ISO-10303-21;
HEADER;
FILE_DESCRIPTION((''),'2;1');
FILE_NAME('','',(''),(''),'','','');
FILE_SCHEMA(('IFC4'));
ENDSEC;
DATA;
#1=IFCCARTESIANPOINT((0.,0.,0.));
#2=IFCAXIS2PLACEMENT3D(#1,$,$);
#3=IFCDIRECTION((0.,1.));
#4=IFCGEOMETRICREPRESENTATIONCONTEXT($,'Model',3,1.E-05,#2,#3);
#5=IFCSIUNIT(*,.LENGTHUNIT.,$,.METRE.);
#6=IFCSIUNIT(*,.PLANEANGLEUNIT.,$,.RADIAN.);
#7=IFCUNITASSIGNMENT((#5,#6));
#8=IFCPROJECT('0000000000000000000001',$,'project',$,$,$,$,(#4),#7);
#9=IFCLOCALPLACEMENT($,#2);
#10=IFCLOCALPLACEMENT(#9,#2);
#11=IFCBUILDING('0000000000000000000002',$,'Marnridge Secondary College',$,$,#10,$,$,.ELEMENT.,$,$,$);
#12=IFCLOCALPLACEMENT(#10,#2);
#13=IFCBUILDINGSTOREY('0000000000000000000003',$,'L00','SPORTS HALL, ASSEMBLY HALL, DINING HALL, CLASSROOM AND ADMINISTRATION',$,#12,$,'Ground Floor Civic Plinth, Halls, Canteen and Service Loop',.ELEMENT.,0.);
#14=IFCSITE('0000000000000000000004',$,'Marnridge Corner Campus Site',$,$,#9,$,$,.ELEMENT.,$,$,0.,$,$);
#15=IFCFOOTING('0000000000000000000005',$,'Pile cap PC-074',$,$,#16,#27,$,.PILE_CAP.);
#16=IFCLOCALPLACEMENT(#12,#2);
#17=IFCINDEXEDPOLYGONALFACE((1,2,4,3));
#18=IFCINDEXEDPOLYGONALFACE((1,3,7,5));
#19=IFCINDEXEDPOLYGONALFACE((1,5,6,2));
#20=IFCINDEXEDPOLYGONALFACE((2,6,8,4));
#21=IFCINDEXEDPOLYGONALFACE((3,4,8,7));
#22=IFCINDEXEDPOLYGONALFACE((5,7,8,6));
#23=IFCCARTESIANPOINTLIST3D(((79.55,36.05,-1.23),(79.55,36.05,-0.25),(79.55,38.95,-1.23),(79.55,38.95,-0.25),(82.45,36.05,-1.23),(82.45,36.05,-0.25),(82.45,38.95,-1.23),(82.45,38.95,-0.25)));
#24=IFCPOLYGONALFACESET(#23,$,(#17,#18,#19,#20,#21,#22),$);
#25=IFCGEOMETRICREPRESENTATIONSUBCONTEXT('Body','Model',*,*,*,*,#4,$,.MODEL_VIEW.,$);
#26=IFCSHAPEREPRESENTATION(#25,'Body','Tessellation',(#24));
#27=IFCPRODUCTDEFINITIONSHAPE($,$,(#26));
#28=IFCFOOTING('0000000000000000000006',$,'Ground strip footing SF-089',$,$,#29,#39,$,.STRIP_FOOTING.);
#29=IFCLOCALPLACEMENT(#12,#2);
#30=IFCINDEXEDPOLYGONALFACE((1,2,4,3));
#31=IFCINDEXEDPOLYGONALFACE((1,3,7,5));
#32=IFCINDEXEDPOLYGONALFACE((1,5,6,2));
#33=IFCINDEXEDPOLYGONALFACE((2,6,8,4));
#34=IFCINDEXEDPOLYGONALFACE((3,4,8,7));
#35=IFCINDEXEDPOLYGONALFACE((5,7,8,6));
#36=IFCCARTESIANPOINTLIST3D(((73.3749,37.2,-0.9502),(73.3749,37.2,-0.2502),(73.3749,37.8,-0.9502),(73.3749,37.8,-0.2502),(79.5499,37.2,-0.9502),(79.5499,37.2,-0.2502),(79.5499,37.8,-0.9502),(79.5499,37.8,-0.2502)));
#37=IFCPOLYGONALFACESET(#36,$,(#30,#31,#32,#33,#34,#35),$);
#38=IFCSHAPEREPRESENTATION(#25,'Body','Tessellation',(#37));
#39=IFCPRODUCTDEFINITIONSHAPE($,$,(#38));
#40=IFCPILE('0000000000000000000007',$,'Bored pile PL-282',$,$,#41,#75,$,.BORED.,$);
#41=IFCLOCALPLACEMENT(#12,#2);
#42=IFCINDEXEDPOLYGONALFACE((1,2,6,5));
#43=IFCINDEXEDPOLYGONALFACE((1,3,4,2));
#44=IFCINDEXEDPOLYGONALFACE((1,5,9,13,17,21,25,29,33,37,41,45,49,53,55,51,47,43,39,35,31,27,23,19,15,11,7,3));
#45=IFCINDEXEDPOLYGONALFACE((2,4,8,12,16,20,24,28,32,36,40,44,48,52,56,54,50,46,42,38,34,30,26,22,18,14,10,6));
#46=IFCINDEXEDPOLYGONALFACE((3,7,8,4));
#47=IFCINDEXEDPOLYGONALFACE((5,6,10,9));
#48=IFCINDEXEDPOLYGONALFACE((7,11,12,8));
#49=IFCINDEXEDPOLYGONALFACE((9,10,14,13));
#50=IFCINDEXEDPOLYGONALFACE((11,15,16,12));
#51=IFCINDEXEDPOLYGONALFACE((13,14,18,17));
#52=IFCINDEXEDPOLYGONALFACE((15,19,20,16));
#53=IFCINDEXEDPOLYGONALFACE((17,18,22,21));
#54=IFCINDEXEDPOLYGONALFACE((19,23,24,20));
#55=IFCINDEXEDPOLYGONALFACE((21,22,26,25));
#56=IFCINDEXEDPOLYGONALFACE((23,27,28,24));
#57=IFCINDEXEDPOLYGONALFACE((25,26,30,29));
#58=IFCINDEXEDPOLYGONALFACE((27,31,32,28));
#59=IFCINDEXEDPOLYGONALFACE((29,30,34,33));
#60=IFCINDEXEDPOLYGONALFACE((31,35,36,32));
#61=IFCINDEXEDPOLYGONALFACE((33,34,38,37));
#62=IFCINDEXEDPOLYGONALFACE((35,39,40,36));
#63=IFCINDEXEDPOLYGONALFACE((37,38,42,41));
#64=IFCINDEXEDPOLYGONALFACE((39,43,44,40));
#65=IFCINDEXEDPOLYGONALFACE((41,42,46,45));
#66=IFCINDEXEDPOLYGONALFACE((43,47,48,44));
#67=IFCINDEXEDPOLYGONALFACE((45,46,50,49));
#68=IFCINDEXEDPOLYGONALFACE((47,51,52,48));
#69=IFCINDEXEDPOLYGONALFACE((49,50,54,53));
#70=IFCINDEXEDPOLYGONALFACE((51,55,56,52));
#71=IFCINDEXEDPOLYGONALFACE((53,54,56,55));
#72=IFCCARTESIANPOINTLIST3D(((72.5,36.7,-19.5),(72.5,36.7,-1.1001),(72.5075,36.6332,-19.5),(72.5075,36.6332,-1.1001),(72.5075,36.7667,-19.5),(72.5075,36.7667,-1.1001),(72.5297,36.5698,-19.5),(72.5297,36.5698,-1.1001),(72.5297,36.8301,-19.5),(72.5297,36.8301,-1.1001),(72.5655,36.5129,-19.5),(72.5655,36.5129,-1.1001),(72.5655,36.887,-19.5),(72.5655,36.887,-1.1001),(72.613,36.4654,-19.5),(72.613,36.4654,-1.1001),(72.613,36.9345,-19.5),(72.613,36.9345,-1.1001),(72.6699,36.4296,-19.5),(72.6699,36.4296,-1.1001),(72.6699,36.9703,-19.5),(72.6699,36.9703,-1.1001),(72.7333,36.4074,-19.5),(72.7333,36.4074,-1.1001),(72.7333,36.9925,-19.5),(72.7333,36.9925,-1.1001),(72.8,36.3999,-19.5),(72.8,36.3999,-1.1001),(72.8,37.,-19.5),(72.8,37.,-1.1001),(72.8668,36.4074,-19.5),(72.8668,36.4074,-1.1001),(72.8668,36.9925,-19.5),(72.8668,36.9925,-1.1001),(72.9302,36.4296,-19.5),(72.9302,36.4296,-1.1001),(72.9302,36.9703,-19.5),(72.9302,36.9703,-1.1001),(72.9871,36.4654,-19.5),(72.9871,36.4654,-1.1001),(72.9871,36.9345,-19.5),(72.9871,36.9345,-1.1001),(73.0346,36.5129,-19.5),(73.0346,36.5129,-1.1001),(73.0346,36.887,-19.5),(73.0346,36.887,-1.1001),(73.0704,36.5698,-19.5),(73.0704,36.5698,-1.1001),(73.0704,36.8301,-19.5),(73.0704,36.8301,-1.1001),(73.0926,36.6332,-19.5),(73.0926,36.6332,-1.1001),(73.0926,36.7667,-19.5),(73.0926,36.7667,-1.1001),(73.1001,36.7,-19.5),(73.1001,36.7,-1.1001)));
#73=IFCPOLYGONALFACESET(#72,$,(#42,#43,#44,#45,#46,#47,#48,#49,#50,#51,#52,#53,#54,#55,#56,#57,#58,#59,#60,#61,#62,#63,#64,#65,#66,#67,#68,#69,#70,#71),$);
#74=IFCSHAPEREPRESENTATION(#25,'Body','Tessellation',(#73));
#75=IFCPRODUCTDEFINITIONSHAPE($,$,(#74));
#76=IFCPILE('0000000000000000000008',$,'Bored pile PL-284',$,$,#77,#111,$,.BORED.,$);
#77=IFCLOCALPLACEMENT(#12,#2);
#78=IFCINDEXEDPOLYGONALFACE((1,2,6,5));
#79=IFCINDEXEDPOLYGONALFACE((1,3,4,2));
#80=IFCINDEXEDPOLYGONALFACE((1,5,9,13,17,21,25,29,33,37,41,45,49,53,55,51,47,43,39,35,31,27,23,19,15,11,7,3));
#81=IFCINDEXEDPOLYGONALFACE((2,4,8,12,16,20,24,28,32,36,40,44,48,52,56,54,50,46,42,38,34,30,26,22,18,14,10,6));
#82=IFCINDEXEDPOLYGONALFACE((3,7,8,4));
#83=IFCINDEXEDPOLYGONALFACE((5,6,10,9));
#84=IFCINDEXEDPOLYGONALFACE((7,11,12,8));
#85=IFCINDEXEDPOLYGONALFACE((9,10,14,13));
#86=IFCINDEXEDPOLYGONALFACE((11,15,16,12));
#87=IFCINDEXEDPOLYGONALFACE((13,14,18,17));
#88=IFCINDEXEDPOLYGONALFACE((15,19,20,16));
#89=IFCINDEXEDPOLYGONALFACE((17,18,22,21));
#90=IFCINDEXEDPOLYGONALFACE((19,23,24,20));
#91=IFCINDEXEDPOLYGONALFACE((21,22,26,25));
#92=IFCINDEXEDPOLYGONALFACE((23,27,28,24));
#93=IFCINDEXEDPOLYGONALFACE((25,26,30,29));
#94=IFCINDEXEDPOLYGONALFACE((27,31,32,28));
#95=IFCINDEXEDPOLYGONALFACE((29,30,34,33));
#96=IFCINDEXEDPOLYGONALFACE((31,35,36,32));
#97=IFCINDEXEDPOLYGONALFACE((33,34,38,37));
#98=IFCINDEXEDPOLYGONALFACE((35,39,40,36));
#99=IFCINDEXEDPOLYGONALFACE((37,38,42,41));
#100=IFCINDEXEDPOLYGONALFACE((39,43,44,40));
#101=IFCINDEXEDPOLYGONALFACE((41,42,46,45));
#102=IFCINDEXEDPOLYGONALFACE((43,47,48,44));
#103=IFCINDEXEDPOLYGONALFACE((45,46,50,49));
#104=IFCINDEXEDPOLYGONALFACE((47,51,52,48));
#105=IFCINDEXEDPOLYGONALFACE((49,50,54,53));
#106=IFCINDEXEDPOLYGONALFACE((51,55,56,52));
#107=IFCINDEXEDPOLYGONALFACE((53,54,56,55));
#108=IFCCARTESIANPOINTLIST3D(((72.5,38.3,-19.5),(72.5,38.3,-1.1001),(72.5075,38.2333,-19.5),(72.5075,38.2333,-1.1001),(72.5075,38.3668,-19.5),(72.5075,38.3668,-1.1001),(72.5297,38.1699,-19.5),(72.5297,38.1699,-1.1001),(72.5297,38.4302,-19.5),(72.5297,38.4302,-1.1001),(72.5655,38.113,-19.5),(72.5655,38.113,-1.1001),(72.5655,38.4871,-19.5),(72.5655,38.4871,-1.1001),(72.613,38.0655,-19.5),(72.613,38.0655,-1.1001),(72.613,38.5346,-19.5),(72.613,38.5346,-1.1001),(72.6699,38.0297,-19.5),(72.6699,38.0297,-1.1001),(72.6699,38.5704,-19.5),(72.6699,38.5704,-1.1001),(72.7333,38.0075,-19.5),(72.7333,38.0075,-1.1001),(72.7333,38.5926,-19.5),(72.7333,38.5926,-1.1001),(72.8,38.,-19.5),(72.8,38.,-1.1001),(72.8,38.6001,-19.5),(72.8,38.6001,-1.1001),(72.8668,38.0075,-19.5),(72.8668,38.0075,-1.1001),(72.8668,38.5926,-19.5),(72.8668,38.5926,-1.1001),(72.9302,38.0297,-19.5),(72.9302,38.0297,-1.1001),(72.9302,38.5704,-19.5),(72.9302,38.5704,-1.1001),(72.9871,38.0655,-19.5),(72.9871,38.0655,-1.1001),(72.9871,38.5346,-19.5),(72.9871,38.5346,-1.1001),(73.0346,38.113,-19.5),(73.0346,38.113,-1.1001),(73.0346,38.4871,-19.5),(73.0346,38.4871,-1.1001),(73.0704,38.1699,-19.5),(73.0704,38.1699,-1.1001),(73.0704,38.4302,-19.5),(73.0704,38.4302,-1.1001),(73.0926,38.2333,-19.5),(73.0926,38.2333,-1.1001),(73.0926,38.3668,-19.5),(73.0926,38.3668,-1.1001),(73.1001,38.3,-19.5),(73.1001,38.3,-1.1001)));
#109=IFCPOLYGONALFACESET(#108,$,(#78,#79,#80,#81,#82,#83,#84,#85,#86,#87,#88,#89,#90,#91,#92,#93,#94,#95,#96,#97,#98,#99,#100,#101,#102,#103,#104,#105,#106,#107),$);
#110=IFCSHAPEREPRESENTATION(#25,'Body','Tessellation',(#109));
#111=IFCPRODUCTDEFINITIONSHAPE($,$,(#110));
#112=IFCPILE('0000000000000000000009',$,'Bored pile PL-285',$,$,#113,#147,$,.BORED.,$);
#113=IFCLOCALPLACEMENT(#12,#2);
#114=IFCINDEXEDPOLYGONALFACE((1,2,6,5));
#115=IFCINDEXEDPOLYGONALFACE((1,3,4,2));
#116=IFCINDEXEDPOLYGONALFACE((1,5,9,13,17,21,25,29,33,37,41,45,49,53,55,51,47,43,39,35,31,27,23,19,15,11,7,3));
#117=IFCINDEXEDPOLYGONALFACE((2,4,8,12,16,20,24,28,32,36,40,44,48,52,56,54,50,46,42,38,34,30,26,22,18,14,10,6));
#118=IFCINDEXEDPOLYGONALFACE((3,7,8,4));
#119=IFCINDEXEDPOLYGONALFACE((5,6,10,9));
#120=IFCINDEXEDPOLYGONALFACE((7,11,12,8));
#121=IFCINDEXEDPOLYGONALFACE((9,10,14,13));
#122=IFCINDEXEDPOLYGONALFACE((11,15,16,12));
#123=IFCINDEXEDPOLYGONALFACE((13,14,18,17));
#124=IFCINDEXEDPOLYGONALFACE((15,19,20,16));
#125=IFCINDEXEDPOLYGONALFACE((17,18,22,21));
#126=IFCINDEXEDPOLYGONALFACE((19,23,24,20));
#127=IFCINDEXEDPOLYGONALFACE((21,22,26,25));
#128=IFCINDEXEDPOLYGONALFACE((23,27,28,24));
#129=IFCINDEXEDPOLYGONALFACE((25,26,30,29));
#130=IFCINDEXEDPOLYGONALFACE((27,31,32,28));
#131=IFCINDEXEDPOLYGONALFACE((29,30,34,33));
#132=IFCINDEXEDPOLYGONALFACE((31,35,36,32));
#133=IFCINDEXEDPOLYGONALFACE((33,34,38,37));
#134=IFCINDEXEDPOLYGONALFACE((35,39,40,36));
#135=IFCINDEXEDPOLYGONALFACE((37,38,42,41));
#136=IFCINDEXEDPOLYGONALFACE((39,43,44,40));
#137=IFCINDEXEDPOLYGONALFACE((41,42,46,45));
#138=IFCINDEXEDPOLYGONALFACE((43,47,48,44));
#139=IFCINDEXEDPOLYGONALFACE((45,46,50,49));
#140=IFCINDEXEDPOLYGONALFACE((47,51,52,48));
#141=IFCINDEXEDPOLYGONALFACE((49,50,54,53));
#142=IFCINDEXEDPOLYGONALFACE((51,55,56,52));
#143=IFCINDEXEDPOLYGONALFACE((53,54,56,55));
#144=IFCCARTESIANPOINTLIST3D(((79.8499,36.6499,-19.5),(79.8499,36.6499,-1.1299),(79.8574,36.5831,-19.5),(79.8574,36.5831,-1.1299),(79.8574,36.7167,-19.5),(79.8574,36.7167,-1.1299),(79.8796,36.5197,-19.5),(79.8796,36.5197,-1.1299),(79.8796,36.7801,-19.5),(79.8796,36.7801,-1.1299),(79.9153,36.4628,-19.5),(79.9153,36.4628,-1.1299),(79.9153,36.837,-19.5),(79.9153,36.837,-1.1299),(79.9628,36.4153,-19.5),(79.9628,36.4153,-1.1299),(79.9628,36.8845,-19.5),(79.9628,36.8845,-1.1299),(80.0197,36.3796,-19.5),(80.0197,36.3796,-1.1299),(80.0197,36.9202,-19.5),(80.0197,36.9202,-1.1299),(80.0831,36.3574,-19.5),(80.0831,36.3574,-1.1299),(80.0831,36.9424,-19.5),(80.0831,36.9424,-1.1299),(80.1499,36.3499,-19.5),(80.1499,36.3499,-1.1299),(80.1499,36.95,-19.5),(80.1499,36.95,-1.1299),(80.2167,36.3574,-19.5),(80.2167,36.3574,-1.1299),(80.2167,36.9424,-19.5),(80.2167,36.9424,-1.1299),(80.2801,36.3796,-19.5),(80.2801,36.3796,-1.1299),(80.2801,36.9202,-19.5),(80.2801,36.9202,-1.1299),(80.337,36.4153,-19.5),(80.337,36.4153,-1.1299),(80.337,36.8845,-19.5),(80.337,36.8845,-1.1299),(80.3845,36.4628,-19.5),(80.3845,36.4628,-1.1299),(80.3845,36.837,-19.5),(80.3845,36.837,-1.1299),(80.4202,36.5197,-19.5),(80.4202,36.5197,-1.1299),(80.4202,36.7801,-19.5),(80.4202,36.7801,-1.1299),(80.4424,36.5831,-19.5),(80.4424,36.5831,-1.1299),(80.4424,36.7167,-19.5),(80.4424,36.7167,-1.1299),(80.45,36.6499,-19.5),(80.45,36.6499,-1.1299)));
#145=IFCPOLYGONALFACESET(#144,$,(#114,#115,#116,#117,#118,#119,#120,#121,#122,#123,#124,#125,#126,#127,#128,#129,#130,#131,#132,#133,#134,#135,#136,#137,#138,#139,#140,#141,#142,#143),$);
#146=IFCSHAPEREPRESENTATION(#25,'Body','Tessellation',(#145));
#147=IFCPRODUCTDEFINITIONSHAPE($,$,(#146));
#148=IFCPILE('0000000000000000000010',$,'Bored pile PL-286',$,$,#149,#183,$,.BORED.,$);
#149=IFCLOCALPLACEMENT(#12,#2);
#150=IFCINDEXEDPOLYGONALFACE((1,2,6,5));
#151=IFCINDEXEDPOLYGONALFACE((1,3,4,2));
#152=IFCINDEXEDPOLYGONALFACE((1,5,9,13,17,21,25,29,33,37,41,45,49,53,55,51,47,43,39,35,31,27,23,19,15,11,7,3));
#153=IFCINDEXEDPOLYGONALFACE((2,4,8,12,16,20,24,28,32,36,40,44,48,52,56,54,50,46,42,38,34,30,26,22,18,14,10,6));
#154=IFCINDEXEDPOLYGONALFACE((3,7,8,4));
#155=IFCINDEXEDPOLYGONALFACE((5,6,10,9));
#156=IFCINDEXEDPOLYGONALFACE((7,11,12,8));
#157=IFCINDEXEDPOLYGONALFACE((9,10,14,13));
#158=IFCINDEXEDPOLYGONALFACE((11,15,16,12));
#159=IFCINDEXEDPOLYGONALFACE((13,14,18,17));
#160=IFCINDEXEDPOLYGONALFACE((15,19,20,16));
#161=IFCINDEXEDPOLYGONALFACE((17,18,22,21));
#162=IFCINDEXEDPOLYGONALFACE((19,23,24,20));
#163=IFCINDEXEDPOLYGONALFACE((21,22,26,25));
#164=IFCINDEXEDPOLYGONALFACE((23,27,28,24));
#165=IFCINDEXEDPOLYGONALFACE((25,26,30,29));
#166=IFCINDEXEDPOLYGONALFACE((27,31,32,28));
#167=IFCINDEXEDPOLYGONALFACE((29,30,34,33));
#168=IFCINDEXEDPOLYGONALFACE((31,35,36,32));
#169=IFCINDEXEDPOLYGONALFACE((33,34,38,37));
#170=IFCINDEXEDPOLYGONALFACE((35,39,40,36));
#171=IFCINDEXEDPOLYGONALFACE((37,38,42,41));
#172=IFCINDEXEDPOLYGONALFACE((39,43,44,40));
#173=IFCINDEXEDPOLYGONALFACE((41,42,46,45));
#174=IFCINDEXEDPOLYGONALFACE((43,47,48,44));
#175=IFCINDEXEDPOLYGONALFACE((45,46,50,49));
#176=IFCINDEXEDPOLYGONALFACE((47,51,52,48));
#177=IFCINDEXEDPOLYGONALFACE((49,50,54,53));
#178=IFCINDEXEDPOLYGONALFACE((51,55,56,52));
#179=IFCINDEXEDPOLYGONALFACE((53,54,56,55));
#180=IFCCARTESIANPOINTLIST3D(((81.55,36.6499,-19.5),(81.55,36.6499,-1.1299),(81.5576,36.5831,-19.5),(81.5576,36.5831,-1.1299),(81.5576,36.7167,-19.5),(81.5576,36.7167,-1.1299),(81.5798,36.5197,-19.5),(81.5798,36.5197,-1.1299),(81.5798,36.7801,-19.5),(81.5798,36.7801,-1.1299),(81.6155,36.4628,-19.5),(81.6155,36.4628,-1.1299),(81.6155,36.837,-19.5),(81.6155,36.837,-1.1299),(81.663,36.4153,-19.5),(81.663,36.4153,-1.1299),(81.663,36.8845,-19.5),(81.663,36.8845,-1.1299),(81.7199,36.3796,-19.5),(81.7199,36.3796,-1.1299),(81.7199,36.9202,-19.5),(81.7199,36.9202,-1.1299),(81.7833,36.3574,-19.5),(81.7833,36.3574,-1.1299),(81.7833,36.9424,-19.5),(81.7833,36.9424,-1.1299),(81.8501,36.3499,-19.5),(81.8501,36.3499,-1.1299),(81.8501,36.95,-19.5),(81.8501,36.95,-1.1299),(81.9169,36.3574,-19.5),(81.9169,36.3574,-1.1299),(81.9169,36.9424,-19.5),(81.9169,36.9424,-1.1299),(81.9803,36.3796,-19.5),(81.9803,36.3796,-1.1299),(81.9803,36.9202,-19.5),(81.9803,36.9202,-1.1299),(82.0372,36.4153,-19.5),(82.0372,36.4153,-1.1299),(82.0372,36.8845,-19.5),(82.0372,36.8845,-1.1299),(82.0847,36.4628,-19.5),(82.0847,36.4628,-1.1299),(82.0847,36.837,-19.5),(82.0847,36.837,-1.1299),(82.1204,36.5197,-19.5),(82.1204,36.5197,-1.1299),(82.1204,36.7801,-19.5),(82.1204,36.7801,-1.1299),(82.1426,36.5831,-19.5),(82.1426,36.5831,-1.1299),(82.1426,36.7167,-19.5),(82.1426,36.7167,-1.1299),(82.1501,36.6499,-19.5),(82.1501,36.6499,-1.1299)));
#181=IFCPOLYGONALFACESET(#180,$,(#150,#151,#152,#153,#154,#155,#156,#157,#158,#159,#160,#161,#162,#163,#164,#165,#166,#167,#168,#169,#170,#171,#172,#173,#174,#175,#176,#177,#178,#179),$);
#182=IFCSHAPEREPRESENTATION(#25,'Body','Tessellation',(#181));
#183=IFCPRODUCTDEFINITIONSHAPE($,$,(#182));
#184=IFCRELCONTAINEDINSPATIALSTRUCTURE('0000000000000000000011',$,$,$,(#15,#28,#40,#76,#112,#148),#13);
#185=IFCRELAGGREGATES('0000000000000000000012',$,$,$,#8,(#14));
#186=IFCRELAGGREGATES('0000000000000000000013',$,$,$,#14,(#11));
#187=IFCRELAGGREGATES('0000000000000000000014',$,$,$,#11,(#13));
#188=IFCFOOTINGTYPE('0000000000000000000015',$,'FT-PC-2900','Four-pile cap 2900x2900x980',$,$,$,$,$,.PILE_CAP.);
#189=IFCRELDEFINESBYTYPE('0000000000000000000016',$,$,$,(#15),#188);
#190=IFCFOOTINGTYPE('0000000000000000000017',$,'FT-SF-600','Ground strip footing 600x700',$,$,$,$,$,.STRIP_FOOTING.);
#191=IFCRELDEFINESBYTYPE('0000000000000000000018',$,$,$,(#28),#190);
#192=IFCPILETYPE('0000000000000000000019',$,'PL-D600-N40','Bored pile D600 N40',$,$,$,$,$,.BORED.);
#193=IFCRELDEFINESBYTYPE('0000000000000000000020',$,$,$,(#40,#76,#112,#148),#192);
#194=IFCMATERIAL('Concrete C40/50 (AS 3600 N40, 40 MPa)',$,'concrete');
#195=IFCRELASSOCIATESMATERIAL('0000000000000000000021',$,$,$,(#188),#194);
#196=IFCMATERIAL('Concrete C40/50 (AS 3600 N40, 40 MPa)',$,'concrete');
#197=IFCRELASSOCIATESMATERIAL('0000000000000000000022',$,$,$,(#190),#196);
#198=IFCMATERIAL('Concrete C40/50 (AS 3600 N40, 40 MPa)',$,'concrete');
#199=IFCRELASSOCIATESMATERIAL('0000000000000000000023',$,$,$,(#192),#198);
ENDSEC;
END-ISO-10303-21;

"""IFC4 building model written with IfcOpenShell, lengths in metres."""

from ifc_helpers import new_model, si_unit, direction, frame, origin, origin_2d, place, context, subcontext, project, spatial, rectangle, circle, extrude, material, material_profile, profile_set, type_object, element, save


model = new_model("IFC4")

# Units and contexts
model_context = context("Model", 3, precision=1e-05, world=origin(), true_north=direction((0.0, 1.0)))
body_context = subcontext(model_context, "Body", "Model", "MODEL_VIEW")
ifc_project = project(units=[si_unit("LENGTHUNIT", "METRE"), si_unit("PLANEANGLEUNIT", "RADIAN")], contexts=[model_context])

# Site, building, storey
site_placement = place(None, origin())
site = spatial("IfcSite", under=ifc_project, at=site_placement, Name="Marnridge Corner Campus Site", CompositionType="ELEMENT", RefElevation=0.0)
building_placement = place(site_placement, origin())
building = spatial("IfcBuilding", under=site, at=building_placement, Name="Marnridge Secondary College", CompositionType="ELEMENT")
storey_placement = place(building_placement, origin())
storey = spatial("IfcBuildingStorey", under=building, at=storey_placement, Name="L00", Description="SPORTS HALL, ASSEMBLY HALL, DINING HALL, CLASSROOM AND ADMINISTRATION", LongName="Ground Floor Civic Plinth, Halls, Canteen and Service Loop", CompositionType="ELEMENT", Elevation=0.0)

# Footings
ifc_material_1 = material(Name="Concrete C40/50 (AS 3600 N40, 40 MPa)", Category="concrete")
footing_type_1 = type_object("IfcFootingType", Name="FT-PC-2900", Description="Four-pile cap 2900x2900x980", PredefinedType="PILE_CAP", material=ifc_material_1)
footing_1_placement = place(storey_placement, frame((81.0, 37.5, -1.23), z_axis=(0.0, 0.0, 1.0), x_axis=(1.0, 0.0, 0.0)))
element("IfcFooting", 1, at=footing_1_placement, inside=storey, type_object=footing_type_1, Name="Pile cap PC-074", PredefinedType="PILE_CAP", context=body_context, shape_type="SweptSolid", body=[
    extrude(rectangle(XDim=2.8999, YDim=2.8999, at=origin_2d()), origin(), (0.0, 0.0, 1.0), 0.98),
])
ifc_material_2 = material(Name="Concrete C40/50 (AS 3600 N40, 40 MPa)", Category="concrete")
footing_type_2 = type_object("IfcFootingType", Name="FT-SF-600", Description="Ground strip footing 600x700", PredefinedType="STRIP_FOOTING", material=ifc_material_2)
footing_2_placement = place(storey_placement, frame((76.4624, 37.5, -0.9502), z_axis=(0.0, 0.0, 1.0), x_axis=(1.0, 0.0, 0.0)))
element("IfcFooting", 2, at=footing_2_placement, inside=storey, type_object=footing_type_2, Name="Ground strip footing SF-089", PredefinedType="STRIP_FOOTING", context=body_context, shape_type="SweptSolid", body=[
    extrude(rectangle(XDim=6.175, YDim=0.6001, at=origin_2d()), origin(), (0.0, 0.0, 1.0), 0.7),
])

# Piles
ifc_material_3 = material(Name="Concrete C40/50 (AS 3600 N40, 40 MPa)", Category="concrete")
ifc_material_profile_1 = material_profile(ifc_material_3, circle(Radius=0.3, at=origin_2d()), Name="PILE D600")
ifc_profile_set_1 = profile_set([ifc_material_profile_1], Name="Concrete C40/50 (AS 3600 N40, 40 MPa)")
pile_type_1 = type_object("IfcPileType", Name="PL-D600-N40", Description="Bored pile D600 N40", PredefinedType="BORED", material=ifc_profile_set_1)
for number, where, z_axis, x_axis, name in (
    (3, (72.8, 36.7, -1.1001), (0.0, 0.0, -1.0), (1.0, 0.0, 0.0), "Bored pile PL-282"),
    (4, (72.8, 38.3, -1.1001), (0.0, 0.0, -1.0), (1.0, 0.0, 0.0), "Bored pile PL-284"),
):
    element("IfcPile", number, at=place(storey_placement, frame(where, z_axis=z_axis, x_axis=x_axis)), inside=storey, type_object=pile_type_1, Name=name, PredefinedType="BORED", context=body_context, shape_type="SweptSolid", body=[
        extrude(circle(Radius=0.3, at=origin_2d()), origin(), (0.0, 0.0, 1.0), 18.3999),
    ])
for number, where, z_axis, x_axis, name in (
    (5, (80.1499, 36.6499, -1.1299), (0.0, 0.0, -1.0), (1.0, 0.0, 0.0), "Bored pile PL-285"),
    (6, (81.8501, 36.6499, -1.1299), (0.0, 0.0, -1.0), (1.0, 0.0, 0.0), "Bored pile PL-286"),
):
    element("IfcPile", number, at=place(storey_placement, frame(where, z_axis=z_axis, x_axis=x_axis)), inside=storey, type_object=pile_type_1, Name=name, PredefinedType="BORED", context=body_context, shape_type="SweptSolid", body=[
        extrude(circle(Radius=0.3, at=origin_2d()), origin(), (0.0, 0.0, 1.0), 18.3701),
    ])

save(model, "model.ifc")
